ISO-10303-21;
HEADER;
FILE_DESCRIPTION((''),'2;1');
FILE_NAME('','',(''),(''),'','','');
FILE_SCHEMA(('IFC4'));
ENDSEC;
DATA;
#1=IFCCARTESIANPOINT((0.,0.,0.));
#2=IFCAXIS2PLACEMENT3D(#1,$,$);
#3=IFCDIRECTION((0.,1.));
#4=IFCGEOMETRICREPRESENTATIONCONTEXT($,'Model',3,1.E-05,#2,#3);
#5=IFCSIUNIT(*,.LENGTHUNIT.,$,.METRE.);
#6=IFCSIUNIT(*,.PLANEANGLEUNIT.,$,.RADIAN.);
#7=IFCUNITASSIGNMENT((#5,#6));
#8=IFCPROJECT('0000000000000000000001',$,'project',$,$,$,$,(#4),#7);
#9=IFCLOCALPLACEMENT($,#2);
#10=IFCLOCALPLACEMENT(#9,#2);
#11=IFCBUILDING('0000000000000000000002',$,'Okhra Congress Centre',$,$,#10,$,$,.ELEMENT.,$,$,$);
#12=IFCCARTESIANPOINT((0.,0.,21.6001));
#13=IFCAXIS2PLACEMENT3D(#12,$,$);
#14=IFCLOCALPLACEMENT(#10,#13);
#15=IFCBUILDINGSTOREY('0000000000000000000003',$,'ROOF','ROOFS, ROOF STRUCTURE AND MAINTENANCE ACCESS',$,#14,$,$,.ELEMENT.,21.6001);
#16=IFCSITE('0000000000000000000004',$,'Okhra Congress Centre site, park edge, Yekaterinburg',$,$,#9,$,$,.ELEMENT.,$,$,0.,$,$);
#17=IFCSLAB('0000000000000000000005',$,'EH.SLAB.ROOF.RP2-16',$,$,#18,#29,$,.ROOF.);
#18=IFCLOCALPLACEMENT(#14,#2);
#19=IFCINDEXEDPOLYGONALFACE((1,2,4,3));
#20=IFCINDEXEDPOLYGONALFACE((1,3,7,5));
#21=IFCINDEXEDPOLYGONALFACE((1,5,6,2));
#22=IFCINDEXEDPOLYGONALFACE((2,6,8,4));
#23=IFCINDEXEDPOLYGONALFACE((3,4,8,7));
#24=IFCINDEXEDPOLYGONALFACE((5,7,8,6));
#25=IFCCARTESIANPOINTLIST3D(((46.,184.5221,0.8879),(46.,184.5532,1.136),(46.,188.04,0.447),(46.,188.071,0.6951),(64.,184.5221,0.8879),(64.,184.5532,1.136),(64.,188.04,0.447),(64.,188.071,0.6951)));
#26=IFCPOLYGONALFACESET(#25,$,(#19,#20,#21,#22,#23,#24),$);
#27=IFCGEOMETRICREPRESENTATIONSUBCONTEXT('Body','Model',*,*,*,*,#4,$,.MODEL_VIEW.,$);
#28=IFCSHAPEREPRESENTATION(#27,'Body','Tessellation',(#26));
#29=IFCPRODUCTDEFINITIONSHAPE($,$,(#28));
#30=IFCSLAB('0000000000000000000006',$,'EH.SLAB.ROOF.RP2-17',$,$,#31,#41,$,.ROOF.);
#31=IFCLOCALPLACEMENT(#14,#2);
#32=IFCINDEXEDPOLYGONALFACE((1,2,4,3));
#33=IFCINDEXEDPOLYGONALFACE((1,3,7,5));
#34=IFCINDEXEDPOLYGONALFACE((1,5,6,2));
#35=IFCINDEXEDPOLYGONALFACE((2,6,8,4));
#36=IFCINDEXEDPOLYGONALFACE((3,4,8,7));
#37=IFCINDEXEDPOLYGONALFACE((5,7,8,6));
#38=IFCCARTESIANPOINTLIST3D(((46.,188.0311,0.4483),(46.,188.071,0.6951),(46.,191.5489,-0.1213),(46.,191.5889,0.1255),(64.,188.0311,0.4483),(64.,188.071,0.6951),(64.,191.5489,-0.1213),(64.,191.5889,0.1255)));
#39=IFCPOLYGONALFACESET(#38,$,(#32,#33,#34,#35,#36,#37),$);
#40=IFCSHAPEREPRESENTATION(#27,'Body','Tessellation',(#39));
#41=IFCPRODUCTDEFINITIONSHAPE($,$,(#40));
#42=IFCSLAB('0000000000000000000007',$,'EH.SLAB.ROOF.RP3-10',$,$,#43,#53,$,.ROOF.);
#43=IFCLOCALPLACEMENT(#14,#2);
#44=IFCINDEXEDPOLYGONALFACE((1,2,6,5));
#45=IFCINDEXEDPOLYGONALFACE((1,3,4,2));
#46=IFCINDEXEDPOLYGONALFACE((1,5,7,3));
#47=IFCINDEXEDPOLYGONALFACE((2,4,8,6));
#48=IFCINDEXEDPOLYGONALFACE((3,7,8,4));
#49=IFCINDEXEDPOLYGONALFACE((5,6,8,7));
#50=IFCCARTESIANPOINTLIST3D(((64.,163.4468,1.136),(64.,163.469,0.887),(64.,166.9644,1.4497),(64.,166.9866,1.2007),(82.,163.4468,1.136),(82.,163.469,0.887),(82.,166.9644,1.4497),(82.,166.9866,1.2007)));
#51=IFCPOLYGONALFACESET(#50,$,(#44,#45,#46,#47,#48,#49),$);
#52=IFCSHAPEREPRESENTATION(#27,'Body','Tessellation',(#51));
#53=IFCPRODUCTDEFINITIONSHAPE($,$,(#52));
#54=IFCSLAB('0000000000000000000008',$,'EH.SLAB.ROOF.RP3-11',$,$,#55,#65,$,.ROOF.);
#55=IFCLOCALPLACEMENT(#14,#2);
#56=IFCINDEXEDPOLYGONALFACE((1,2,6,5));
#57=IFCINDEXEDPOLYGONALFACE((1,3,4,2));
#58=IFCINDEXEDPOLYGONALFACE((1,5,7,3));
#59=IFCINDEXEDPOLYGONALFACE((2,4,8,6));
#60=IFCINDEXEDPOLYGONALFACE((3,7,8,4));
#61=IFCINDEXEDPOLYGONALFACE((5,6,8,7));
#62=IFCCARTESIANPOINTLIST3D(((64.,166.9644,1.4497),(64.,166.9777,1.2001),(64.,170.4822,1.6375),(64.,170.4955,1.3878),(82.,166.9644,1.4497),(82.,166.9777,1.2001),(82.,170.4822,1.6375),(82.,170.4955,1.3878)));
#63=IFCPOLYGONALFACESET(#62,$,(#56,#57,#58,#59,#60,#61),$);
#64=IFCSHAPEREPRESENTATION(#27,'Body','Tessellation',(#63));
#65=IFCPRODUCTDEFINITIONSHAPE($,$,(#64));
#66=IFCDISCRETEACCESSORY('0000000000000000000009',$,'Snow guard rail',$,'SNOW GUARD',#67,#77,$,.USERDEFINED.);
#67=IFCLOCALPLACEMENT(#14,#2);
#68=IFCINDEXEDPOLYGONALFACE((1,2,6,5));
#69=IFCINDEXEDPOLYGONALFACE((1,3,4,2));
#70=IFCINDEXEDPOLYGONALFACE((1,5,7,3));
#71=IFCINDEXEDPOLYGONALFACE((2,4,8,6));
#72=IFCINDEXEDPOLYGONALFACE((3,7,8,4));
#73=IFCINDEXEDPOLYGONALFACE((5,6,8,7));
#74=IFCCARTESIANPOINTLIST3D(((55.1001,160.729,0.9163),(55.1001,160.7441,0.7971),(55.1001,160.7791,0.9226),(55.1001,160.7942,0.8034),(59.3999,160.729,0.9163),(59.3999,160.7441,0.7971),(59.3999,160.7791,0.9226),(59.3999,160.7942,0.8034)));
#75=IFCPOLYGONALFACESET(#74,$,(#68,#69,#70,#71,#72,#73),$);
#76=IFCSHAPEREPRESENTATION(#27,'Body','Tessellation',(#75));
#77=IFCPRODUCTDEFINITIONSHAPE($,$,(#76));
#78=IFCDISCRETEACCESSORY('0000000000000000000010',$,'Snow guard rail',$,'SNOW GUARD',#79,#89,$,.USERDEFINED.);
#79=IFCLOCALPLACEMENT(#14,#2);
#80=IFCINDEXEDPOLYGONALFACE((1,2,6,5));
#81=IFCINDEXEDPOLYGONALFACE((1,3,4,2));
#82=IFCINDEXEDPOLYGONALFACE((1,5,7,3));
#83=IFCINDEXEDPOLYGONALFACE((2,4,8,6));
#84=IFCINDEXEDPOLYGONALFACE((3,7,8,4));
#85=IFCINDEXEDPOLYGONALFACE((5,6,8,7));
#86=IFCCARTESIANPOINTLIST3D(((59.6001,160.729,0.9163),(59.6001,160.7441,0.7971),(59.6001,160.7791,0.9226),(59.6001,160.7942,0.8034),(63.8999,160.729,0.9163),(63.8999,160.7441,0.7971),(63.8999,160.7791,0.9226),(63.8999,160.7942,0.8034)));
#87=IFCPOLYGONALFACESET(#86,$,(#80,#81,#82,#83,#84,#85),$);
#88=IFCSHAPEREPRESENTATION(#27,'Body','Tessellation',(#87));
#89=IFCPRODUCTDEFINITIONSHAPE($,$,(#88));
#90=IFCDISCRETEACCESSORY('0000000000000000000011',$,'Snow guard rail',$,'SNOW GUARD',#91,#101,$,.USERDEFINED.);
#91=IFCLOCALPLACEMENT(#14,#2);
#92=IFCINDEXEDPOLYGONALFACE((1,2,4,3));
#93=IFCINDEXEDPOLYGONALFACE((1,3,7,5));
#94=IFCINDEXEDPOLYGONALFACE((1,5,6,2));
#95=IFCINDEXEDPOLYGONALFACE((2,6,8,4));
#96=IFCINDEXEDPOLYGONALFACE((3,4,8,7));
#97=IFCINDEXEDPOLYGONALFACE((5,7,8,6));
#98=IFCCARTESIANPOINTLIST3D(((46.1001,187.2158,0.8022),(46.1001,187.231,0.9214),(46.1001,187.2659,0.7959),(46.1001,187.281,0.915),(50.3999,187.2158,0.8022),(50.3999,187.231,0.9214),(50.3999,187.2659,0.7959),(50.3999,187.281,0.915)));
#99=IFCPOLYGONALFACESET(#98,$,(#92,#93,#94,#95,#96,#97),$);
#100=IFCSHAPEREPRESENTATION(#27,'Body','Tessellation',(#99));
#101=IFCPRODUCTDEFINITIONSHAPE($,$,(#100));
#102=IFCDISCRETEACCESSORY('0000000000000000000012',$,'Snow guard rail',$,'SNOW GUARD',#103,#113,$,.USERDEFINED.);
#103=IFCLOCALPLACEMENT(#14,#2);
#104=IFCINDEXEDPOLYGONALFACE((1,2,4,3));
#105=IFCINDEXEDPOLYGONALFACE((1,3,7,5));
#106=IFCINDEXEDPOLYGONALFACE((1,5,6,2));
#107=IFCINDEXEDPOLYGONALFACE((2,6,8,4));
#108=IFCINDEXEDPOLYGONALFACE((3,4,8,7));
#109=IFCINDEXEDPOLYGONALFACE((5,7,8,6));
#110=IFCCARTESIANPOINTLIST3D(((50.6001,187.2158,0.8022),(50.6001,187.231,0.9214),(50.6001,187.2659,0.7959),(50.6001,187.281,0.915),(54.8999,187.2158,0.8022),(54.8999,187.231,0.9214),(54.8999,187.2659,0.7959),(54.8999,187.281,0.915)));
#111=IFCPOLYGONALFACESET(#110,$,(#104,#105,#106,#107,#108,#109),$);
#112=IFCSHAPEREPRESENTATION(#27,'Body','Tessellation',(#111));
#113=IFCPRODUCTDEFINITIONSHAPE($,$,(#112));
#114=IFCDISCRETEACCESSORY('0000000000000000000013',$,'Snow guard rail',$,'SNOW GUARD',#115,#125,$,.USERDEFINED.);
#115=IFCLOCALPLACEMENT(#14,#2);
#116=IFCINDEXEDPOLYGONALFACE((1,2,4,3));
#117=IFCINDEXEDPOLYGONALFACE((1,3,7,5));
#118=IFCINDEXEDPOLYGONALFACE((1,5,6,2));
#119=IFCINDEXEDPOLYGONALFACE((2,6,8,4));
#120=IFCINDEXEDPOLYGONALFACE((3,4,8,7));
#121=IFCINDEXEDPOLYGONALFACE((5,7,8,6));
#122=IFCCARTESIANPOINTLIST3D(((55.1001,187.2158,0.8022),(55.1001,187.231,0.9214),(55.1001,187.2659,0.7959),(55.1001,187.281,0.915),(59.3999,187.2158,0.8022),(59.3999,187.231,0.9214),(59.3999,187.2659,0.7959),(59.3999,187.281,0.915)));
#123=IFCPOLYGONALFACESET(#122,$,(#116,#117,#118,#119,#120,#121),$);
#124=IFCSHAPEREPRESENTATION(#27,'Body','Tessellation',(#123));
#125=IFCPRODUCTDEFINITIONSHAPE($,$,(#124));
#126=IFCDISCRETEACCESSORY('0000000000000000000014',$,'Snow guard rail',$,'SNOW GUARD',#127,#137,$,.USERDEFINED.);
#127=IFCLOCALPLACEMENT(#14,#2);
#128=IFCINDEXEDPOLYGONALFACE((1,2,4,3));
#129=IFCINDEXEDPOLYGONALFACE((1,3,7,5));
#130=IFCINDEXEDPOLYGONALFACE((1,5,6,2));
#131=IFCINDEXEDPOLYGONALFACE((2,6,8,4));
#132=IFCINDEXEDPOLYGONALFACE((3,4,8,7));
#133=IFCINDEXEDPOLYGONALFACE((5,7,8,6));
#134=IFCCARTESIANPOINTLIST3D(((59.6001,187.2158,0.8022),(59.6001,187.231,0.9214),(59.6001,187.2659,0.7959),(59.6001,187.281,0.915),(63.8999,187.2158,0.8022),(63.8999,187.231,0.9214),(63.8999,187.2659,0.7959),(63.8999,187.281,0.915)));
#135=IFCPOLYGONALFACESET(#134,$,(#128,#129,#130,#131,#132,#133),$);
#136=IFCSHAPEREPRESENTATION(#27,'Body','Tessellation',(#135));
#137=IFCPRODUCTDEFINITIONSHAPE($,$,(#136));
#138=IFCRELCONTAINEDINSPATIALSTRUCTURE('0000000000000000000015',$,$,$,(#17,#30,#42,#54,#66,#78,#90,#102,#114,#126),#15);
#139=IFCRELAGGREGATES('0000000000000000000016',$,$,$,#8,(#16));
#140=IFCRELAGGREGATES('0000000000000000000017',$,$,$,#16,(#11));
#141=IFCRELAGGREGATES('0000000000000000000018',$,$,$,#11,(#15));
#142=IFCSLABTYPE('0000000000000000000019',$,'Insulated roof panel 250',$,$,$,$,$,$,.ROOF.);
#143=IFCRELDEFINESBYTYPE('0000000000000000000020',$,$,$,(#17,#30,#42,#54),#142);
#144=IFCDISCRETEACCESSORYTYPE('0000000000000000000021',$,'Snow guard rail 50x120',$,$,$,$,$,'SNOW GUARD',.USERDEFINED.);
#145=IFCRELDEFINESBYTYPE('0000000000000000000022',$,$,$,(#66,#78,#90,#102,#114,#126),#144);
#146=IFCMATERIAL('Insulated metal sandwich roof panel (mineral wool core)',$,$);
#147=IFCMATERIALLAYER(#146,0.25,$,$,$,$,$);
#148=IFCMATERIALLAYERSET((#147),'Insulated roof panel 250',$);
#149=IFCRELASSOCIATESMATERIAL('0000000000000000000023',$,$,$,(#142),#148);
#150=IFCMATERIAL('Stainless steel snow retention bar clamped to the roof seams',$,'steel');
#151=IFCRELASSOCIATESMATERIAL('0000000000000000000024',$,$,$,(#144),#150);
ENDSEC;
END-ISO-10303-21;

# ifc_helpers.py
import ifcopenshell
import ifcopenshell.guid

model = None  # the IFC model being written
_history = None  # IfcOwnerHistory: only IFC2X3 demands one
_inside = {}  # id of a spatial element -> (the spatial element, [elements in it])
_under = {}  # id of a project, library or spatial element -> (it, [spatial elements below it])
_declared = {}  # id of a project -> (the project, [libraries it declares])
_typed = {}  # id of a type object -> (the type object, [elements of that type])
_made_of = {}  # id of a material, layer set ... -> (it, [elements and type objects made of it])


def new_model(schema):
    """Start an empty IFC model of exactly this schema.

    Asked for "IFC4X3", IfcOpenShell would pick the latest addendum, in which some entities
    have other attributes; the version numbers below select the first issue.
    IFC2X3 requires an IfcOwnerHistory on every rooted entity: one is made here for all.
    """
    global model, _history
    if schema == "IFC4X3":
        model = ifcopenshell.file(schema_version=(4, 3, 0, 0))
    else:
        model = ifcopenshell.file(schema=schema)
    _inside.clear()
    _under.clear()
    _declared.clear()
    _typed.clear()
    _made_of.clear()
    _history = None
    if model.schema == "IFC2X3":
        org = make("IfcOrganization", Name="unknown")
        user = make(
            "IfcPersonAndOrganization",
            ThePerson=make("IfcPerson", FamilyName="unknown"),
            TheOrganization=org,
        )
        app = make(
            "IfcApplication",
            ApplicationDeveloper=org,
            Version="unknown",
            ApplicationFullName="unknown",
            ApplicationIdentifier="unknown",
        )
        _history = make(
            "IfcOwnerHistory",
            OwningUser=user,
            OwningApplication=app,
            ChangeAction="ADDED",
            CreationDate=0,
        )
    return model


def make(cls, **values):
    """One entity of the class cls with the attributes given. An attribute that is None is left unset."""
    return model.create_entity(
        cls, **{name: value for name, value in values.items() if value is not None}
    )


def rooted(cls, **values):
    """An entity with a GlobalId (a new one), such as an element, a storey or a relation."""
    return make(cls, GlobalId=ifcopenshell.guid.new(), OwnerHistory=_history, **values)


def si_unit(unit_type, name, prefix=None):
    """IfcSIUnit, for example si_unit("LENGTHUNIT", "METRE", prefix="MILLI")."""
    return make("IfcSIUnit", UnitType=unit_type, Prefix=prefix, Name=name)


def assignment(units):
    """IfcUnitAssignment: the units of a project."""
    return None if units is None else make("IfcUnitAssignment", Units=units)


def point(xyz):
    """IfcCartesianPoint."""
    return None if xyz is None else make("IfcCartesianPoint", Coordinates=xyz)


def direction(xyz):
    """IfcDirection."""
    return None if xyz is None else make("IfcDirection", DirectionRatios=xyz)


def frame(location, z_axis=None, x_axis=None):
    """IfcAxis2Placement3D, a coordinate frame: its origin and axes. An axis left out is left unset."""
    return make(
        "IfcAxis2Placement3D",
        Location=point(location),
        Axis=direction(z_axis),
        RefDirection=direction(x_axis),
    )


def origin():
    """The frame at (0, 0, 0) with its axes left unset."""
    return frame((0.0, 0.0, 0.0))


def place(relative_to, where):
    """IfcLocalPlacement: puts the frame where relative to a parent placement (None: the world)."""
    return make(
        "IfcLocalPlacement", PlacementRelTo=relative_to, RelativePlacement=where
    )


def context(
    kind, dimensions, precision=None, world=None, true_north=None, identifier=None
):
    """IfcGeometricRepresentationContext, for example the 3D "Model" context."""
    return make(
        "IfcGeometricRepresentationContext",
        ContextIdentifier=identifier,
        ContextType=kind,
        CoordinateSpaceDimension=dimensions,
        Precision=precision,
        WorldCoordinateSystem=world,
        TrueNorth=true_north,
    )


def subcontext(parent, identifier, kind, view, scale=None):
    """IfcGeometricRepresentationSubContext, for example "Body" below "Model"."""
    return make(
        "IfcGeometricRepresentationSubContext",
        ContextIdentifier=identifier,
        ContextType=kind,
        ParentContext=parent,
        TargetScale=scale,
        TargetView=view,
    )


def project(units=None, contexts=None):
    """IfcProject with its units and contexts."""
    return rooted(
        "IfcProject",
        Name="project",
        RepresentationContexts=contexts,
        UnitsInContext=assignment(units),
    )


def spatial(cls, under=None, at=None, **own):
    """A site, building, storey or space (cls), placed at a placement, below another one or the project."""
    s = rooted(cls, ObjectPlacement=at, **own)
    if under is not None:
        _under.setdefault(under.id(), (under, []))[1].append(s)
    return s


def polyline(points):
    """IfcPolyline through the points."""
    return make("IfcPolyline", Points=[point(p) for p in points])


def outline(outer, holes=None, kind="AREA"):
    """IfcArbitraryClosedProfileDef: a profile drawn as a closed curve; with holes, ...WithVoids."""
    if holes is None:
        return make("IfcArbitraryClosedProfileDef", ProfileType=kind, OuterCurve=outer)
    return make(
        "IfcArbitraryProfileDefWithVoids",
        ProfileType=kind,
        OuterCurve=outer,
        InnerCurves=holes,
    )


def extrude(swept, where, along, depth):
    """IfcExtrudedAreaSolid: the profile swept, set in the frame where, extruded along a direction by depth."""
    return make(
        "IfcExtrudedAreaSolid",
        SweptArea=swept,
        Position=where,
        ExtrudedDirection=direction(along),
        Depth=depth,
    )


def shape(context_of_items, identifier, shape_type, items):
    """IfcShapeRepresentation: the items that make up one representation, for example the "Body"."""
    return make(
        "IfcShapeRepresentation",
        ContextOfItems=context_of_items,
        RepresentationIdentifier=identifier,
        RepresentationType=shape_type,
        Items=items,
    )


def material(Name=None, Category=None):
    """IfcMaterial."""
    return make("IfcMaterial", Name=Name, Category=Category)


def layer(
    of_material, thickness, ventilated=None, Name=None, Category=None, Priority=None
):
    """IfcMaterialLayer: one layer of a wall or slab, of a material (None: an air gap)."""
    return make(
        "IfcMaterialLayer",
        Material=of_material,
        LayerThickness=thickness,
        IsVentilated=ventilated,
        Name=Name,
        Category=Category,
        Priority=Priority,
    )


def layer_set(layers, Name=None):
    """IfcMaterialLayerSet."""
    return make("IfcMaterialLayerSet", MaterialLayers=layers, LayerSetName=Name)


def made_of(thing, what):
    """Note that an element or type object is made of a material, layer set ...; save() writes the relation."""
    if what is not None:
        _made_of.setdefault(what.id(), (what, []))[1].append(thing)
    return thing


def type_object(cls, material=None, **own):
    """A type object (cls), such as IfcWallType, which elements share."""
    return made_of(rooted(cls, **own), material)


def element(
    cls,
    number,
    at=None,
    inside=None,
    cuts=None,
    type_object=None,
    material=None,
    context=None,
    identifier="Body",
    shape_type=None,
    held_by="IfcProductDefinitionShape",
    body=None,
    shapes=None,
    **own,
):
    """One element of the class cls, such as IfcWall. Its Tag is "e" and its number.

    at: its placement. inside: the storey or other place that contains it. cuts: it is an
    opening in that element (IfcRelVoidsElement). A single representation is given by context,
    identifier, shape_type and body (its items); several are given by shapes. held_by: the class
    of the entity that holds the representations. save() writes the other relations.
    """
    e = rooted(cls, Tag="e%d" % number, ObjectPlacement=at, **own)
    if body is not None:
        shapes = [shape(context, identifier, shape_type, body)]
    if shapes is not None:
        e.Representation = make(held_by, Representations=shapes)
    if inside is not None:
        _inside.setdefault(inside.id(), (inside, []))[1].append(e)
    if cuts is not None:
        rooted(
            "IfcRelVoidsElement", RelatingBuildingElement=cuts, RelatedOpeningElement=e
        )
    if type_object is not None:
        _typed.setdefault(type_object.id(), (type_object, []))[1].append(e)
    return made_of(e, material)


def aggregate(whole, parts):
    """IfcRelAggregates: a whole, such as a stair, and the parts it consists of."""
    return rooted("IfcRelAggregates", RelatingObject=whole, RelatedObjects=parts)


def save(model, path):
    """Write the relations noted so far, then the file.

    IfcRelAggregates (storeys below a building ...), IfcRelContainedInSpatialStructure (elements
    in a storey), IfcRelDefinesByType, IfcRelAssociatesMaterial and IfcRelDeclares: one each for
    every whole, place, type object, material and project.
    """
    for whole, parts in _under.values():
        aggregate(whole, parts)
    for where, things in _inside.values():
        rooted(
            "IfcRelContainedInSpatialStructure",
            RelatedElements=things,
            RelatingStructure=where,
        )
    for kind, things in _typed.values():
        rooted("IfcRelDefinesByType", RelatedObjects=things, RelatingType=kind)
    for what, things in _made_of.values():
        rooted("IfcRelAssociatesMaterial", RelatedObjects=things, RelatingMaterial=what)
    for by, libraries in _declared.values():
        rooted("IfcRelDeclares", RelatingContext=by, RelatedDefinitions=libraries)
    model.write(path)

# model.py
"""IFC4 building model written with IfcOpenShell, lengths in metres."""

from ifc_helpers import new_model, si_unit, direction, frame, origin, place, context, subcontext, project, spatial, polyline, outline, extrude, material, layer, layer_set, type_object, element, save


model = new_model("IFC4")

# Units and contexts
model_context = context("Model", 3, precision=1e-05, world=origin(), true_north=direction((0.0, 1.0)))
body_context = subcontext(model_context, "Body", "Model", "MODEL_VIEW")
ifc_project = project(units=[si_unit("LENGTHUNIT", "METRE"), si_unit("PLANEANGLEUNIT", "RADIAN")], contexts=[model_context])

# Site, building, storey
site_placement = place(None, origin())
site = spatial("IfcSite", under=ifc_project, at=site_placement, Name="Okhra Congress Centre site, park edge, Yekaterinburg", CompositionType="ELEMENT", RefElevation=0.0)
building_placement = place(site_placement, origin())
building = spatial("IfcBuilding", under=site, at=building_placement, Name="Okhra Congress Centre", CompositionType="ELEMENT")
storey_placement = place(building_placement, frame((0.0, 0.0, 21.6001)))
storey = spatial("IfcBuildingStorey", under=building, at=storey_placement, Name="ROOF", Description="ROOFS, ROOF STRUCTURE AND MAINTENANCE ACCESS", CompositionType="ELEMENT", Elevation=21.6001)

# Slabs
ifc_material_1 = material(Name="Insulated metal sandwich roof panel (mineral wool core)")
ifc_layer = layer(ifc_material_1, 0.25)
ifc_layer_set = layer_set([ifc_layer], Name="Insulated roof panel 250")
slab_type = type_object("IfcSlabType", Name="Insulated roof panel 250", PredefinedType="ROOF", material=ifc_layer_set)
slab_1_placement = place(storey_placement, frame((46.0, 184.5532, 1.136), z_axis=(0.0, 0.124365, 0.992237), x_axis=(1.0, 0.0, 0.0)))
element("IfcSlab", 1, at=slab_1_placement, inside=storey, type_object=slab_type, Name="EH.SLAB.ROOF.RP2-16", PredefinedType="ROOF", context=body_context, shape_type="SweptSolid", body=[
    extrude(outline(polyline([(0.0, 0.0), (18.0, 0.0), (18.0, 3.5453), (0.0, 3.5453), (0.0, 0.0)])), origin(), (0.0, 0.0, -1.0), 0.25),
])
slab_2_placement = place(storey_placement, frame((46.0, 188.071, 0.6951), z_axis=(0.0, 0.159831, 0.987144), x_axis=(1.0, 0.0, 0.0)))
element("IfcSlab", 2, at=slab_2_placement, inside=storey, type_object=slab_type, Name="EH.SLAB.ROOF.RP2-17", PredefinedType="ROOF", context=body_context, shape_type="SweptSolid", body=[
    extrude(outline(polyline([(0.0, 0.0), (18.0, 0.0), (18.0, 3.5636), (0.0, 3.5636), (0.0, 0.0)])), origin(), (0.0, 0.0, -1.0), 0.25),
])
slab_3_placement = place(storey_placement, frame((64.0, 163.4468, 1.136), z_axis=(0.0, -0.088834, 0.996046), x_axis=(1.0, 0.0, 0.0)))
element("IfcSlab", 3, at=slab_3_placement, inside=storey, type_object=slab_type, Name="EH.SLAB.ROOF.RP3-10", PredefinedType="ROOF", context=body_context, shape_type="SweptSolid", body=[
    extrude(outline(polyline([(0.0, 0.0), (18.0, 0.0), (18.0, 3.5315), (0.0, 3.5315), (0.0, 0.0)])), origin(), (0.0, 0.0, -1.0), 0.25),
])
slab_4_placement = place(storey_placement, frame((64.0, 166.9644, 1.4497), z_axis=(0.0, -0.053294, 0.998579), x_axis=(1.0, 0.0, 0.0)))
element("IfcSlab", 4, at=slab_4_placement, inside=storey, type_object=slab_type, Name="EH.SLAB.ROOF.RP3-11", PredefinedType="ROOF", context=body_context, shape_type="SweptSolid", body=[
    extrude(outline(polyline([(0.0, 0.0), (18.0, 0.0), (18.0, 3.5228), (0.0, 3.5228), (0.0, 0.0)])), origin(), (0.0, 0.0, -1.0), 0.25),
])

# Discrete accessories
ifc_material_2 = material(Name="Stainless steel snow retention bar clamped to the roof seams", Category="steel")
discrete_accessory_type = type_object("IfcDiscreteAccessoryType", Name="Snow guard rail 50x120", ElementType="SNOW GUARD", PredefinedType="USERDEFINED", material=ifc_material_2)
for number, where, z_axis, x_axis, name in (
    (5, (55.1001, 160.729, 0.9163), (0.0, -0.125821, 0.992053), (1.0, 0.0, 0.0), "Snow guard rail"),
    (6, (59.6001, 160.729, 0.9163), (0.0, -0.125821, 0.992053), (1.0, 0.0, 0.0), "Snow guard rail"),
    (7, (46.1001, 187.231, 0.9214), (0.0, 0.125821, 0.992053), (1.0, 0.0, 0.0), "Snow guard rail"),
    (8, (50.6001, 187.231, 0.9214), (0.0, 0.125821, 0.992053), (1.0, 0.0, 0.0), "Snow guard rail"),
    (9, (55.1001, 187.231, 0.9214), (0.0, 0.125821, 0.992053), (1.0, 0.0, 0.0), "Snow guard rail"),
    (10, (59.6001, 187.231, 0.9214), (0.0, 0.125821, 0.992053), (1.0, 0.0, 0.0), "Snow guard rail"),
):
    element("IfcDiscreteAccessory", number, at=place(storey_placement, frame(where, z_axis=z_axis, x_axis=x_axis)), inside=storey, type_object=discrete_accessory_type, Name=name, ObjectType="SNOW GUARD", PredefinedType="USERDEFINED", context=body_context, shape_type="SweptSolid", body=[
        extrude(outline(polyline([(0.0, 0.0), (4.2998, 0.0), (4.2998, 0.0504), (0.0, 0.0504), (0.0, 0.0)])), origin(), (0.0, 0.0, -1.0), 0.1201),
    ])

save(model, "model.ifc")
